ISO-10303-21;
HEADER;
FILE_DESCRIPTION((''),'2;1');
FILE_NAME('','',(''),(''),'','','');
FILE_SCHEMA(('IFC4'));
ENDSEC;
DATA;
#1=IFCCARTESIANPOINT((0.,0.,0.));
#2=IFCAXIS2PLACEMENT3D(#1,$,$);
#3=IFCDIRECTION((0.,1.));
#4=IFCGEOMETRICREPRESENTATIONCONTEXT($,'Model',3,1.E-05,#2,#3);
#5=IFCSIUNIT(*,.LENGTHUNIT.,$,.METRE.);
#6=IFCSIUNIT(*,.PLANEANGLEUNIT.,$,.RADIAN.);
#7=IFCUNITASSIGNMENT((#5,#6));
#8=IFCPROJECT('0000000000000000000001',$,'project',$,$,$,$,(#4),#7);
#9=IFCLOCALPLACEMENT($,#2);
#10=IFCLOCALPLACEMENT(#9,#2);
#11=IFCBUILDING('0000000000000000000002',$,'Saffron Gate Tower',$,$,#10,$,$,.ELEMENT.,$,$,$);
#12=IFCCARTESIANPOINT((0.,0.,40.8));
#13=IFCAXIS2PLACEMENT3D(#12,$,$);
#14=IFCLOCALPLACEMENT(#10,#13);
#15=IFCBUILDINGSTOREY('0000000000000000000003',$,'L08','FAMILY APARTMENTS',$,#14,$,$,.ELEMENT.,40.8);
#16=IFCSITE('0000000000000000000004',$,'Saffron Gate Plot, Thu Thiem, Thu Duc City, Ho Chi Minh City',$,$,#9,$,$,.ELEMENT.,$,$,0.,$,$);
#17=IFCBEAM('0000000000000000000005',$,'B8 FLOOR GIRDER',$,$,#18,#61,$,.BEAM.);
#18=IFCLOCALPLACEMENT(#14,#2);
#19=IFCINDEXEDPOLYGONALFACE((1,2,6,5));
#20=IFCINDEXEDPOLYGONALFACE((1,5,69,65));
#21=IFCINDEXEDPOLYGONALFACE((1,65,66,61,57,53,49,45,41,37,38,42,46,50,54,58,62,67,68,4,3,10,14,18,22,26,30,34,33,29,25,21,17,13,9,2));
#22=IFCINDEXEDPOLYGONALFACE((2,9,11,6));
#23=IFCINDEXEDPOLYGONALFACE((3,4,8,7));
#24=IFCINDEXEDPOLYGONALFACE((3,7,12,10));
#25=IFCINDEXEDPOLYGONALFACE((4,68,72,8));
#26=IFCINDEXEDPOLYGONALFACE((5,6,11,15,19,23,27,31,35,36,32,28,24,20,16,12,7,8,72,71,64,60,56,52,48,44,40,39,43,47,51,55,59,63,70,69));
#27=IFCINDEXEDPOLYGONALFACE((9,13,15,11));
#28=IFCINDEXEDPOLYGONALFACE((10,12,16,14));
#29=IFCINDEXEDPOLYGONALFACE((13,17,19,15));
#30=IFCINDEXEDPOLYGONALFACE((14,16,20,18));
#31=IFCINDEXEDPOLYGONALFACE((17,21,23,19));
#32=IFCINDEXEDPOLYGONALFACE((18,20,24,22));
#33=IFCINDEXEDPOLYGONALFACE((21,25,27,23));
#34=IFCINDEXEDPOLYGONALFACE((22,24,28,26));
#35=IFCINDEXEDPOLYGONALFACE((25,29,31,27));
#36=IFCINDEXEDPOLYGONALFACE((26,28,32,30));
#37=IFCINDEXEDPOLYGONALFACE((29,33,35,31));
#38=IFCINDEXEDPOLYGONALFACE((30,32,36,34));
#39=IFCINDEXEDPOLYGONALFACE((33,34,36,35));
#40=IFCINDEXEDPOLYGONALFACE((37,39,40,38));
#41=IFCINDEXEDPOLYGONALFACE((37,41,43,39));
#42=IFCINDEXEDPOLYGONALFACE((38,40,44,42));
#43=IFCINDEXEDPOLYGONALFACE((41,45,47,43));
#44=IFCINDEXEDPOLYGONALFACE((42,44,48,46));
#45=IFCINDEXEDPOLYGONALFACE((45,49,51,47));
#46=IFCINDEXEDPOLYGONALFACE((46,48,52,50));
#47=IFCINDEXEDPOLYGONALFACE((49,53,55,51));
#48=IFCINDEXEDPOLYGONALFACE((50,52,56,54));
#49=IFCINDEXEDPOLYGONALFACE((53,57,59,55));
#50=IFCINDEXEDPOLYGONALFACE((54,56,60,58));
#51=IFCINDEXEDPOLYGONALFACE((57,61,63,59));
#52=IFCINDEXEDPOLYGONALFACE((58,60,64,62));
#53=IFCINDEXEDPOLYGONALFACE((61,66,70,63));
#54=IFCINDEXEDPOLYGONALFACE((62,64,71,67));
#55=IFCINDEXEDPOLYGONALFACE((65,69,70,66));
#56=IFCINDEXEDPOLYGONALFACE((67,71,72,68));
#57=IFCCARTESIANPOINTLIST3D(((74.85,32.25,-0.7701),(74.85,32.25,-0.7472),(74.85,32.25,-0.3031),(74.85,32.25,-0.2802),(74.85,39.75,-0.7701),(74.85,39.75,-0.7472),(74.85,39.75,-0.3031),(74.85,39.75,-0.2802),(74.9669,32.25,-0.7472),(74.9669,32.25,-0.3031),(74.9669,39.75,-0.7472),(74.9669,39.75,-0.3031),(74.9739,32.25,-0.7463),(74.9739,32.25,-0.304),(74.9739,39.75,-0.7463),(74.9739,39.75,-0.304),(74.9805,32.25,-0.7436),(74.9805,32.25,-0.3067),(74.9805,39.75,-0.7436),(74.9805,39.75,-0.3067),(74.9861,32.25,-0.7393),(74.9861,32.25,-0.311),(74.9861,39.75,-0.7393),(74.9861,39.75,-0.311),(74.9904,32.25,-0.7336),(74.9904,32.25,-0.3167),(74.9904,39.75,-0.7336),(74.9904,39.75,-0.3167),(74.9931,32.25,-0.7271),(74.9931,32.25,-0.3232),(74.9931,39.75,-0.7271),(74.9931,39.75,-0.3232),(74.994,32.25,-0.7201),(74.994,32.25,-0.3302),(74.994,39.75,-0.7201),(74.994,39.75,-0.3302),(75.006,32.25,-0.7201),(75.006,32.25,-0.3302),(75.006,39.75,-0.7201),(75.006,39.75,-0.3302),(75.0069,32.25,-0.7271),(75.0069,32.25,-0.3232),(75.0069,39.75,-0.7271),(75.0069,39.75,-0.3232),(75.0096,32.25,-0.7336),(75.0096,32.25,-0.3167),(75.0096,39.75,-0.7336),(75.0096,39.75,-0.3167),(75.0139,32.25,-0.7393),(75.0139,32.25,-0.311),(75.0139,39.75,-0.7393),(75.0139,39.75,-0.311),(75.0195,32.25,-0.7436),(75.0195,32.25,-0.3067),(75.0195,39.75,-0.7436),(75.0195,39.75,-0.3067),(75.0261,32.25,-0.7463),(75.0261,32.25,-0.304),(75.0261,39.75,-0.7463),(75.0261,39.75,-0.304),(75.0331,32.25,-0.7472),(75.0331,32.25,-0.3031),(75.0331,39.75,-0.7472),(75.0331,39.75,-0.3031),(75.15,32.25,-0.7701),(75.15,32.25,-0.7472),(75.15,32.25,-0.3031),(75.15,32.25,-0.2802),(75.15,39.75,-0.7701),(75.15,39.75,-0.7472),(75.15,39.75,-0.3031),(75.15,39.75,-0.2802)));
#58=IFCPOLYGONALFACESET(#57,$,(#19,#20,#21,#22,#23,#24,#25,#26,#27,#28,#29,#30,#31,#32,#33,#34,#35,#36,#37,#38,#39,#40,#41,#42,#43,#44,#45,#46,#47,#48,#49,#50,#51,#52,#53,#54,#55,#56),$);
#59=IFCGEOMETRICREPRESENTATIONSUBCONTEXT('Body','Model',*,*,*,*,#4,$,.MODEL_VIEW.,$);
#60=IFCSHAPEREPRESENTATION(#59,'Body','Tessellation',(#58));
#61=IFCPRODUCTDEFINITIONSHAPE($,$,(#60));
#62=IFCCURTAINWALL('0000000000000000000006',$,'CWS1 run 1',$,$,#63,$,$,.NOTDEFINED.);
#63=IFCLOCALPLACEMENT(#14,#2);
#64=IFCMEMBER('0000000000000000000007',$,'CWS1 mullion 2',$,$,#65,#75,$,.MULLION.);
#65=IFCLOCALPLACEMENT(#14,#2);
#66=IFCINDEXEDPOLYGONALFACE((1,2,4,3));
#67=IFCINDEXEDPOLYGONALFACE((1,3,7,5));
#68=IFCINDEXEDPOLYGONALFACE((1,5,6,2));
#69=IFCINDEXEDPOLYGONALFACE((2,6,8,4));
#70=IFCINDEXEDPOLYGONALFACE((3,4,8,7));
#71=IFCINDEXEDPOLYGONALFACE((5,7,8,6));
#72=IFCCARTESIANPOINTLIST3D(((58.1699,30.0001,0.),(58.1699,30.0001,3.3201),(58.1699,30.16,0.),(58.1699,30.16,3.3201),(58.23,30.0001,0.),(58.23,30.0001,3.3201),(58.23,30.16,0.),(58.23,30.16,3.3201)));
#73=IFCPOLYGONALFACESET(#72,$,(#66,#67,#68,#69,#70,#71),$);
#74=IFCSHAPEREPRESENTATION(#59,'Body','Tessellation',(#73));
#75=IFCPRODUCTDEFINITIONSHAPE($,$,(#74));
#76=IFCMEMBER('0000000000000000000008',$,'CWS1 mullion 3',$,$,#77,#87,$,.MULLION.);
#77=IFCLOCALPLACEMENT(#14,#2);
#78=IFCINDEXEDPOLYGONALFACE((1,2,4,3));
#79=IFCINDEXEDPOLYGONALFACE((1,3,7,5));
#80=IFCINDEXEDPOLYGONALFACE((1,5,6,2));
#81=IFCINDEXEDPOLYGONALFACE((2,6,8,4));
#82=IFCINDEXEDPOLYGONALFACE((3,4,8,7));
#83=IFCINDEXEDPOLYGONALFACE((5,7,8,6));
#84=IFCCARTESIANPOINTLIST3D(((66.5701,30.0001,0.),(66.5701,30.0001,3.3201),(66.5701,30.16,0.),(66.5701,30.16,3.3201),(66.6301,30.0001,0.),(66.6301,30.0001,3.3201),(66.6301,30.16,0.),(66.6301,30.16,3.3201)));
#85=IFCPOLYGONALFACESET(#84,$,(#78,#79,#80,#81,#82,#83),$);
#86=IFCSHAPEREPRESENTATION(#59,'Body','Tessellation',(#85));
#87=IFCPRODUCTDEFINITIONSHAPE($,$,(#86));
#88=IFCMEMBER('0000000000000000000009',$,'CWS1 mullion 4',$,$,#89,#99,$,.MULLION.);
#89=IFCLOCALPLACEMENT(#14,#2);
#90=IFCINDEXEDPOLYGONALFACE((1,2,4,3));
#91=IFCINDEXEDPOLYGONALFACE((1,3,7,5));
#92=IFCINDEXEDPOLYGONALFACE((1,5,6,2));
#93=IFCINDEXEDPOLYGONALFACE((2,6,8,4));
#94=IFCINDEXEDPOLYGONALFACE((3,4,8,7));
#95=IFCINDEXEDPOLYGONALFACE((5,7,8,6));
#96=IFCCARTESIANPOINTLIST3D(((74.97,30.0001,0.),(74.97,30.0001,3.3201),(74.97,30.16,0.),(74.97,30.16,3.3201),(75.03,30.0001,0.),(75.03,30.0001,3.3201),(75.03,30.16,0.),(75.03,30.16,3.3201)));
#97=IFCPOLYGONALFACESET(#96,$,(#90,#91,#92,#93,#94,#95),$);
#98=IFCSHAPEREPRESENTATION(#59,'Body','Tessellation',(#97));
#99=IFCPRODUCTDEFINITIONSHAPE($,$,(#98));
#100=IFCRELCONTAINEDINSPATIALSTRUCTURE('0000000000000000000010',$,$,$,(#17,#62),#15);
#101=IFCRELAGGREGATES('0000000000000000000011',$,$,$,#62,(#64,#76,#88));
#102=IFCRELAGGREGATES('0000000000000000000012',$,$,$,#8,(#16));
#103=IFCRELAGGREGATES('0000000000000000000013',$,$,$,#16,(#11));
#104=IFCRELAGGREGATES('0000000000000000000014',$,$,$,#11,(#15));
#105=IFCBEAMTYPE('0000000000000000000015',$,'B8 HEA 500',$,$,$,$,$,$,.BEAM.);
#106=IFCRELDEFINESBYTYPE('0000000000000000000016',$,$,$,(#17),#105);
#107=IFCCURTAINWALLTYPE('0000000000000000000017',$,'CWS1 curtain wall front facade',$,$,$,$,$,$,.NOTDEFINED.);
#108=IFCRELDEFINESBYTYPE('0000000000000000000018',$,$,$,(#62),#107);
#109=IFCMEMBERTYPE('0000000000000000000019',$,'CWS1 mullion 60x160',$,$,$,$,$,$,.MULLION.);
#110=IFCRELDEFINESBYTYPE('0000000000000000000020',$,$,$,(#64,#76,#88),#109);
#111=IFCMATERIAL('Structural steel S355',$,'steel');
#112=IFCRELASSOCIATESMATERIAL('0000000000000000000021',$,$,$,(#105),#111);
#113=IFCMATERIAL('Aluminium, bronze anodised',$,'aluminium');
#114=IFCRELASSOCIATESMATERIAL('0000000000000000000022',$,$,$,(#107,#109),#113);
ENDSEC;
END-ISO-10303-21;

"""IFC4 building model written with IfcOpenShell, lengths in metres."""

from ifc_helpers import new_model, si_unit, direction, frame, origin, origin_2d, place, context, subcontext, project, spatial, rectangle, i_section, extrude, material, material_profile, profile_set, type_object, element, aggregate, save


model = new_model("IFC4")

# Units and contexts
model_context = context("Model", 3, precision=1e-05, world=origin(), true_north=direction((0.0, 1.0)))
body_context = subcontext(model_context, "Body", "Model", "MODEL_VIEW")
ifc_project = project(units=[si_unit("LENGTHUNIT", "METRE"), si_unit("PLANEANGLEUNIT", "RADIAN")], contexts=[model_context])

# Site, building, storey
site_placement = place(None, origin())
site = spatial("IfcSite", under=ifc_project, at=site_placement, Name="Saffron Gate Plot, Thu Thiem, Thu Duc City, Ho Chi Minh City", CompositionType="ELEMENT", RefElevation=0.0)
building_placement = place(site_placement, origin())
building = spatial("IfcBuilding", under=site, at=building_placement, Name="Saffron Gate Tower", CompositionType="ELEMENT")
storey_placement = place(building_placement, frame((0.0, 0.0, 40.8)))
storey = spatial("IfcBuildingStorey", under=building, at=storey_placement, Name="L08", Description="FAMILY APARTMENTS", CompositionType="ELEMENT", Elevation=40.8)

# Beam
ifc_material_1 = material(Name="Structural steel S355", Category="steel")
ifc_material_profile_1 = material_profile(ifc_material_1, i_section(OverallWidth=0.3, OverallDepth=0.49, WebThickness=0.012, FlangeThickness=0.0229, FilletRadius=0.0271, at=origin_2d()))
ifc_profile_set_1 = profile_set([ifc_material_profile_1], Name="Structural steel S355")
beam_type_1 = type_object("IfcBeamType", Name="B8 HEA 500", PredefinedType="BEAM", material=ifc_profile_set_1)
beam_1_placement = place(storey_placement, frame((75.0, 32.25, -0.5251), z_axis=(0.0, 1.0, 0.0), x_axis=(-1.0, 0.0, 0.0)))
element("IfcBeam", 1, at=beam_1_placement, inside=storey, type_object=beam_type_1, Name="B8 FLOOR GIRDER", PredefinedType="BEAM", context=body_context, shape_type="SweptSolid", body=[
    extrude(i_section(OverallWidth=0.3, OverallDepth=0.49, WebThickness=0.012, FlangeThickness=0.0229, FilletRadius=0.0271, at=origin_2d()), origin(), (0.0, 0.0, 1.0), 7.5),
])

# Curtain wall, members
ifc_material_2 = material(Name="Aluminium, bronze anodised", Category="aluminium")
curtain_wall_type = type_object("IfcCurtainWallType", Name="CWS1 curtain wall front facade", PredefinedType="NOTDEFINED", material=ifc_material_2)
curtain_wall_placement = place(storey_placement, origin())
curtain_wall = element("IfcCurtainWall", 2, at=curtain_wall_placement, inside=storey, type_object=curtain_wall_type, Name="CWS1 run 1", PredefinedType="NOTDEFINED")
ifc_material_profile_2 = material_profile(ifc_material_2, rectangle(XDim=0.1599, YDim=0.0601, at=origin_2d()))
ifc_profile_set_2 = profile_set([ifc_material_profile_2], Name="Aluminium, bronze anodised")
member_type = type_object("IfcMemberType", Name="CWS1 mullion 60x160", PredefinedType="MULLION", material=ifc_profile_set_2)
member_1_placement = place(storey_placement, frame((58.2, 30.0801, 0.0), z_axis=(0.0, 0.0, 1.0), x_axis=(0.0, 1.0, 0.0)))
member_1 = element("IfcMember", 3, at=member_1_placement, type_object=member_type, Name="CWS1 mullion 2", PredefinedType="MULLION", context=body_context, shape_type="SweptSolid", body=[
    extrude(rectangle(XDim=0.1599, YDim=0.0601, at=origin_2d()), origin(), (0.0, 0.0, 1.0), 3.3201),
])
member_2_placement = place(storey_placement, frame((66.6001, 30.0801, 0.0), z_axis=(0.0, 0.0, 1.0), x_axis=(0.0, 1.0, 0.0)))
member_2 = element("IfcMember", 4, at=member_2_placement, type_object=member_type, Name="CWS1 mullion 3", PredefinedType="MULLION", context=body_context, shape_type="SweptSolid", body=[
    extrude(rectangle(XDim=0.1599, YDim=0.0601, at=origin_2d()), origin(), (0.0, 0.0, 1.0), 3.3201),
])
member_3_placement = place(storey_placement, frame((75.0, 30.0801, 0.0), z_axis=(0.0, 0.0, 1.0), x_axis=(0.0, 1.0, 0.0)))
member_3 = element("IfcMember", 5, at=member_3_placement, type_object=member_type, Name="CWS1 mullion 4", PredefinedType="MULLION", context=body_context, shape_type="SweptSolid", body=[
    extrude(rectangle(XDim=0.1599, YDim=0.0601, at=origin_2d()), origin(), (0.0, 0.0, 1.0), 3.3201),
])
aggregate(curtain_wall, [member_1, member_2, member_3])

save(model, "model.ifc")
